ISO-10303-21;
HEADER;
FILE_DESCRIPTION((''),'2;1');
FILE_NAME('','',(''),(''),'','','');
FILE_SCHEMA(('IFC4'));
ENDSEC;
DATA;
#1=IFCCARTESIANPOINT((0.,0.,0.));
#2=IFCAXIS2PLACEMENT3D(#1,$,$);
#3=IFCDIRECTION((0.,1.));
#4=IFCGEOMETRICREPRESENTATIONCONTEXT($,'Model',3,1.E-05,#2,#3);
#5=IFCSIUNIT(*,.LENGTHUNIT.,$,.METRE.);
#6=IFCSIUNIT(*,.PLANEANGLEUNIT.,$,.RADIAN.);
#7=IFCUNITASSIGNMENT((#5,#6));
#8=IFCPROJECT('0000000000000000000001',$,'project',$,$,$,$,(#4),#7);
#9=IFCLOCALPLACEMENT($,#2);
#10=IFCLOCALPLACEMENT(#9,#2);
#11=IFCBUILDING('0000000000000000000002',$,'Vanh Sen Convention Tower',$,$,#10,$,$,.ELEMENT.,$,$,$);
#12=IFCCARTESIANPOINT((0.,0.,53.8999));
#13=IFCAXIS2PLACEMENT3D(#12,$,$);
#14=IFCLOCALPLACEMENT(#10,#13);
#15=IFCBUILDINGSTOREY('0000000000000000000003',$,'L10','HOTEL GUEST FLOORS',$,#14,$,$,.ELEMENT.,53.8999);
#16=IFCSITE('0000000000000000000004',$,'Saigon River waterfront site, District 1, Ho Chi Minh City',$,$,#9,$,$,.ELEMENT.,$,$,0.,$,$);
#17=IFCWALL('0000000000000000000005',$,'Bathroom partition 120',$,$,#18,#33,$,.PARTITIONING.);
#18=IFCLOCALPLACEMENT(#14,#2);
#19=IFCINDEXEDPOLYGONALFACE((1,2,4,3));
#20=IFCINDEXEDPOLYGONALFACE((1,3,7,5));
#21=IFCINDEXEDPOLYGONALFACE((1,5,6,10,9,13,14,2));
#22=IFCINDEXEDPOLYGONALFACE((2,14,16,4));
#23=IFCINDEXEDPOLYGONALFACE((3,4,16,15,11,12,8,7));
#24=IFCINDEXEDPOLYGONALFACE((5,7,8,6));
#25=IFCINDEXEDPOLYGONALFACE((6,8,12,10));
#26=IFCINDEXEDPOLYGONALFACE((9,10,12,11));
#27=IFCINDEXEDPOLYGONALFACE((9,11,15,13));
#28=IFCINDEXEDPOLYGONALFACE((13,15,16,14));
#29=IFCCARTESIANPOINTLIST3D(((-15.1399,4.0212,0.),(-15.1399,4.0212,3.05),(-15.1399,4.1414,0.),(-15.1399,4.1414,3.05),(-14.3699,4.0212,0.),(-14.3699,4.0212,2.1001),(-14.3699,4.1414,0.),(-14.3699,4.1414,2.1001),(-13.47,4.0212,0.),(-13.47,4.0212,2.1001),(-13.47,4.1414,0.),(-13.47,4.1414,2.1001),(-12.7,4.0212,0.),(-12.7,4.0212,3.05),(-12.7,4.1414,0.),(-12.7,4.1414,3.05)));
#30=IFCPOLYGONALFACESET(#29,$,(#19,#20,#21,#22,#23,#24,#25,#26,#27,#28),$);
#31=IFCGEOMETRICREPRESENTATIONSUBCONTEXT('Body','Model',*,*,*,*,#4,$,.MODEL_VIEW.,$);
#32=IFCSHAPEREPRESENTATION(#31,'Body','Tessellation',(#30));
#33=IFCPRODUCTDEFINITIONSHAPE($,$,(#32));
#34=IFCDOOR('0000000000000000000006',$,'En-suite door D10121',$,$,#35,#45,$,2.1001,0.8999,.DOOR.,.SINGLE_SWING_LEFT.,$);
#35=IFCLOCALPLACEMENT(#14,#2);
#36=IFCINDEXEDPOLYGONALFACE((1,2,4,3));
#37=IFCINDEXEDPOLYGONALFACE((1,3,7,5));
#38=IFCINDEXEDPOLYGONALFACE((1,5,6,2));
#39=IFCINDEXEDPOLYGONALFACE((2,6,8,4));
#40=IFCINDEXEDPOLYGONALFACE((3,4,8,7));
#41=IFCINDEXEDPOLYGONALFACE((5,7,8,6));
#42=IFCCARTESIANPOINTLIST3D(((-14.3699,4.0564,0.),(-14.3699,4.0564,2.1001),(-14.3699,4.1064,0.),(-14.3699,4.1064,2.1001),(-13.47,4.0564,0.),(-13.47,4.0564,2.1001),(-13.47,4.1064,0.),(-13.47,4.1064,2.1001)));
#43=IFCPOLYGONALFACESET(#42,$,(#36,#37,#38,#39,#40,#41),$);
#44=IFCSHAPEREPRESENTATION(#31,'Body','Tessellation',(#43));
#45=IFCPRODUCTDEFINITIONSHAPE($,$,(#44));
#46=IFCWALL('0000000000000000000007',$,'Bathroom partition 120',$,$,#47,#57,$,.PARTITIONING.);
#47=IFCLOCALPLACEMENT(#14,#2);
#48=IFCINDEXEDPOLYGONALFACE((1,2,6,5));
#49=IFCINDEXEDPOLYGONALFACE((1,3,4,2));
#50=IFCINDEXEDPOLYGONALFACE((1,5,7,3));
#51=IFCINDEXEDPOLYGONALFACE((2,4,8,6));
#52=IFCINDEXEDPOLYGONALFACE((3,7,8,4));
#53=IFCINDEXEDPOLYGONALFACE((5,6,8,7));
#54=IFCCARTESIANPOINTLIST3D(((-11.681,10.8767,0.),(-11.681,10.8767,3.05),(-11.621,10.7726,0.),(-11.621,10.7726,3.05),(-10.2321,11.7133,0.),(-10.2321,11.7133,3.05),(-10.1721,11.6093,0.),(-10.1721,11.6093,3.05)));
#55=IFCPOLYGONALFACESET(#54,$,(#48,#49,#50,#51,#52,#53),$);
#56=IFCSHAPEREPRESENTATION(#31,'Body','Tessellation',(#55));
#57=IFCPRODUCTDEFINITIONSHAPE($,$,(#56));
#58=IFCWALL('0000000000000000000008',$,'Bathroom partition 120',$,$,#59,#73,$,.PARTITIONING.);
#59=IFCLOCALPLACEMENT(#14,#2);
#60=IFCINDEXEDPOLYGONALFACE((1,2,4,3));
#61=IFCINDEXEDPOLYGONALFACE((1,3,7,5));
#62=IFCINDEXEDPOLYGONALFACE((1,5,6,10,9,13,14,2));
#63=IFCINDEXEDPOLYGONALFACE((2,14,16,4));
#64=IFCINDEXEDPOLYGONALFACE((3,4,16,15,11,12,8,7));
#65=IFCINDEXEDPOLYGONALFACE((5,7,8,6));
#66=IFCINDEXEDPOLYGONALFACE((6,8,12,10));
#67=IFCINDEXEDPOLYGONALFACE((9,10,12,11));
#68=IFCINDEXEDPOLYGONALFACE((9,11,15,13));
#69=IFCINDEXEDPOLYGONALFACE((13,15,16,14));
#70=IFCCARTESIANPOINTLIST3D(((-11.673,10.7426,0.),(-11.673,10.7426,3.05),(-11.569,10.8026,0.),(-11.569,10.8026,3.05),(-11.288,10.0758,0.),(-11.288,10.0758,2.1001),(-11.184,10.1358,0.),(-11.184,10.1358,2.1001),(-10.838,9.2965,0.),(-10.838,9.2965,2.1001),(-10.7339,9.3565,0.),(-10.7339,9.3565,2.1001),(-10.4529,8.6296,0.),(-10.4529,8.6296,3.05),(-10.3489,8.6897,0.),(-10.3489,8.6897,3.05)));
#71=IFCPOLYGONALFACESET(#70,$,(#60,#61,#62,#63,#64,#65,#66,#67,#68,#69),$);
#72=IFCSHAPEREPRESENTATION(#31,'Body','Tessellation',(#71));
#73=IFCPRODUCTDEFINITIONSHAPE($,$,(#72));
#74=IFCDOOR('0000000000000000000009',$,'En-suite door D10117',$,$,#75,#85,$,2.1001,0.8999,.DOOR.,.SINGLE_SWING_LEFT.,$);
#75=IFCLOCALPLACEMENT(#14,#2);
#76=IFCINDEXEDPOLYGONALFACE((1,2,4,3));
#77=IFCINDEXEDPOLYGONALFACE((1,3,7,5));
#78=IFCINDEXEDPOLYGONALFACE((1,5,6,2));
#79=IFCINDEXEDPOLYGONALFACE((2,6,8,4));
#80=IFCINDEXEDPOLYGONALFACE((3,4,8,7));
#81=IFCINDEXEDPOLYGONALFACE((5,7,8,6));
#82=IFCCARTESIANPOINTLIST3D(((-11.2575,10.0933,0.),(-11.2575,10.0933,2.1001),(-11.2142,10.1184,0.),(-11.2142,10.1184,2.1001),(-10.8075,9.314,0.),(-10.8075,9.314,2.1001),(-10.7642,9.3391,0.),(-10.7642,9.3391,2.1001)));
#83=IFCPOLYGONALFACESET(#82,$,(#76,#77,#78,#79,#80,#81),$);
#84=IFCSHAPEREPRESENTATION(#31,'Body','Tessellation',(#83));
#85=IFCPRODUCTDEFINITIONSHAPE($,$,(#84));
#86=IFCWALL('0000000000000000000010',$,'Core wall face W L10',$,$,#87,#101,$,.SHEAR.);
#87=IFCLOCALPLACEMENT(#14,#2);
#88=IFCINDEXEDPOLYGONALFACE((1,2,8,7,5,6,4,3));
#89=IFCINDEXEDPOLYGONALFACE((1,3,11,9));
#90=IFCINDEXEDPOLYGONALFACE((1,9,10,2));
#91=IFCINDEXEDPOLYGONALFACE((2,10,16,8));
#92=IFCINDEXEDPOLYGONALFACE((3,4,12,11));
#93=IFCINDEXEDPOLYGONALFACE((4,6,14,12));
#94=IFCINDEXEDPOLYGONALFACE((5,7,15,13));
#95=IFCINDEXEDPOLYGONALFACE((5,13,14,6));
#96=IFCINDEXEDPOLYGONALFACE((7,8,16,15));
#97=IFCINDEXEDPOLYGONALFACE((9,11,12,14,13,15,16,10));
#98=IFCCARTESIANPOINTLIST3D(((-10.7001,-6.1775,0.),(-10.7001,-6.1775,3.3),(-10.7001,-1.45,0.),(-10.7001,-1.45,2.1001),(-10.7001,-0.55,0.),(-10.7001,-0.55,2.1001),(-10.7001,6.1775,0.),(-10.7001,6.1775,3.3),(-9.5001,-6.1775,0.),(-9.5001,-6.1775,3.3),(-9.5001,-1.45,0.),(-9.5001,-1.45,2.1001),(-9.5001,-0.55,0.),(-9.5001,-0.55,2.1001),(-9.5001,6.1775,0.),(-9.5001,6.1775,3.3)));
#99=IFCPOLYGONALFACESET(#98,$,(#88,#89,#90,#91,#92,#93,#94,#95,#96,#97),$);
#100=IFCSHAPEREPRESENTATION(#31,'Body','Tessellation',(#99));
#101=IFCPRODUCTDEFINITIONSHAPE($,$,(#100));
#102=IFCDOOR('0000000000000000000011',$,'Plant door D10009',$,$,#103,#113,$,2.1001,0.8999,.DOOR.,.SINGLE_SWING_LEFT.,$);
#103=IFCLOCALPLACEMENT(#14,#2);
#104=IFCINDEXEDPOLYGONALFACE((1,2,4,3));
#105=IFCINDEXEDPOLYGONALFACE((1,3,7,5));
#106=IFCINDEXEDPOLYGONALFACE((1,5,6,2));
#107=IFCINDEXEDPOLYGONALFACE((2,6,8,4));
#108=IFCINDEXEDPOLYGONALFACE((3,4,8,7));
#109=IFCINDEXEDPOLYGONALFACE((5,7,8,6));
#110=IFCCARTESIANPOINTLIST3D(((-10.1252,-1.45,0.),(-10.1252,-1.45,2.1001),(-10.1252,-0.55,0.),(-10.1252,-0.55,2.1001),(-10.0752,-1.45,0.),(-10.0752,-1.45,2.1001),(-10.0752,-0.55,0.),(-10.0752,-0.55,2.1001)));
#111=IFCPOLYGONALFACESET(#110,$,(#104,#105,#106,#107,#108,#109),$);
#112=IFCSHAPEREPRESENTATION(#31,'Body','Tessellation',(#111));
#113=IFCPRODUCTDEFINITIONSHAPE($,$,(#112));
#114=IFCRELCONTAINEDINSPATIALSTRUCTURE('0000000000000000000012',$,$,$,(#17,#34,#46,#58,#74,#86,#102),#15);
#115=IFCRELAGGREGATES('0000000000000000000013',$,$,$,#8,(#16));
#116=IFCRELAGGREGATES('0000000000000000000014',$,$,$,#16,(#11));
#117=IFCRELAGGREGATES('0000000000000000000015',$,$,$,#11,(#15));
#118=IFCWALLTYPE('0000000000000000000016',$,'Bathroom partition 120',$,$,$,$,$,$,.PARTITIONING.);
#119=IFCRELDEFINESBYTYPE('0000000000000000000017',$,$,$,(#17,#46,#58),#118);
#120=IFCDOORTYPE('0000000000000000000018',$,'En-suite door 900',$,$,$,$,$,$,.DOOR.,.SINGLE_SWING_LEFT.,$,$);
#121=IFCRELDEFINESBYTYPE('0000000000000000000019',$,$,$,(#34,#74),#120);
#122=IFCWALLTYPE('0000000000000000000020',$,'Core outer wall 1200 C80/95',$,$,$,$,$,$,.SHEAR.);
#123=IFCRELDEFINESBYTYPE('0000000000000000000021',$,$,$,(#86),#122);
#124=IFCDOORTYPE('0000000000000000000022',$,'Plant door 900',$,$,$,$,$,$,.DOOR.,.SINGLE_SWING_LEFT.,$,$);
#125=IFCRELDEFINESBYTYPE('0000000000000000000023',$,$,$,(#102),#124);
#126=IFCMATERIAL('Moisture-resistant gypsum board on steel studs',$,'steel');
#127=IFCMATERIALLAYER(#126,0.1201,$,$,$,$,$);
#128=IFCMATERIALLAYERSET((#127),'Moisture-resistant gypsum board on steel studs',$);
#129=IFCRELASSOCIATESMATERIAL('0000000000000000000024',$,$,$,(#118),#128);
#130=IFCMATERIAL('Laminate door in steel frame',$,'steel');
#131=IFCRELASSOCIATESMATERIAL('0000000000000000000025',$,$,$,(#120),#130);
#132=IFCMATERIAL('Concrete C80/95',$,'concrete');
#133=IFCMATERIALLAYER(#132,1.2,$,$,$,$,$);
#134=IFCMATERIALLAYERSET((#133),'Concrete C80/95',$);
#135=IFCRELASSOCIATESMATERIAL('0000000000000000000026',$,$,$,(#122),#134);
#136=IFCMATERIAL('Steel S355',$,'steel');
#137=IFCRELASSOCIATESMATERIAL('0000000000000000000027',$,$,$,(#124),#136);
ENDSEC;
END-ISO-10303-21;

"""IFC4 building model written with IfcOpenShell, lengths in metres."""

from ifc_helpers import new_model, si_unit, direction, frame, frame_2d, origin, place, context, subcontext, project, spatial, rectangle, extrude, material, layer, layer_set, type_object, element, fill, save


model = new_model("IFC4")

# Units and contexts
model_context = context("Model", 3, precision=1e-05, world=origin(), true_north=direction((0.0, 1.0)))
body_context = subcontext(model_context, "Body", "Model", "MODEL_VIEW")
ifc_project = project(units=[si_unit("LENGTHUNIT", "METRE"), si_unit("PLANEANGLEUNIT", "RADIAN")], contexts=[model_context])

# Site, building, storey
site_placement = place(None, origin())
site = spatial("IfcSite", under=ifc_project, at=site_placement, Name="Saigon River waterfront site, District 1, Ho Chi Minh City", CompositionType="ELEMENT", RefElevation=0.0)
building_placement = place(site_placement, origin())
building = spatial("IfcBuilding", under=site, at=building_placement, Name="Vanh Sen Convention Tower", CompositionType="ELEMENT")
storey_placement = place(building_placement, frame((0.0, 0.0, 53.8999)))
storey = spatial("IfcBuildingStorey", under=building, at=storey_placement, Name="L10", Description="HOTEL GUEST FLOORS", CompositionType="ELEMENT", Elevation=53.8999)

# Wall, opening, door
ifc_material_1 = material(Name="Moisture-resistant gypsum board on steel studs", Category="steel")
ifc_layer_1 = layer(ifc_material_1, 0.1201)
ifc_layer_set_1 = layer_set([ifc_layer_1], Name="Moisture-resistant gypsum board on steel studs")
wall_type_1 = type_object("IfcWallType", Name="Bathroom partition 120", PredefinedType="PARTITIONING", material=ifc_layer_set_1)
wall_1_placement = place(storey_placement, frame((-12.7, 4.0813, 0.0), z_axis=(0.0, 0.0, 1.0), x_axis=(-1.0, 0.0, 0.0)))
wall_1 = element("IfcWall", 1, at=wall_1_placement, inside=storey, type_object=wall_type_1, Name="Bathroom partition 120", PredefinedType="PARTITIONING", context=body_context, shape_type="SweptSolid", body=[
    extrude(rectangle(XDim=2.4399, YDim=0.1201, at=frame_2d((1.22, 0.0))), origin(), (0.0, 0.0, 1.0), 3.05),
])
opening_1_placement = place(wall_1_placement, frame((0.77, 0.0, 0.0)))
opening_1 = element("IfcOpeningElement", 2, at=opening_1_placement, cuts=wall_1, PredefinedType="OPENING", context=body_context, shape_type="SweptSolid", body=[
    extrude(rectangle(XDim=0.8999, YDim=2.1001, at=frame_2d((0.45, 1.05))), frame((0.0, 0.0701, 0.0), z_axis=(0.0, -1.0, 0.0), x_axis=(1.0, 0.0, 0.0)), (0.0, 0.0, 1.0), 0.1401),
])
ifc_material_2 = material(Name="Laminate door in steel frame", Category="steel")
door_type_1 = type_object("IfcDoorType", Name="En-suite door 900", OperationType="SINGLE_SWING_LEFT", PredefinedType="DOOR", material=ifc_material_2)
door_1_placement = place(opening_1_placement, origin())
door_1 = element("IfcDoor", 3, at=door_1_placement, inside=storey, type_object=door_type_1, Name="En-suite door D10121", OperationType="SINGLE_SWING_LEFT", OverallHeight=2.1001, OverallWidth=0.8999, PredefinedType="DOOR", context=body_context, shape_type="SweptSolid", body=[
    extrude(rectangle(XDim=0.8999, YDim=2.1001, at=frame_2d((0.45, 1.05))), frame((0.0, 0.0249, 0.0), z_axis=(0.0, -1.0, 0.0), x_axis=(1.0, 0.0, 0.0)), (0.0, 0.0, 1.0), 0.05),
])
fill(opening_1, door_1)

# Wall
wall_2_placement = place(storey_placement, frame((-11.6509, 10.8247, 0.0), z_axis=(0.0, 0.0, 1.0), x_axis=(0.865998, 0.500047, 0.0)))
element("IfcWall", 4, at=wall_2_placement, inside=storey, type_object=wall_type_1, Name="Bathroom partition 120", PredefinedType="PARTITIONING", context=body_context, shape_type="SweptSolid", body=[
    extrude(rectangle(XDim=1.6731, YDim=0.1201, at=frame_2d((0.8364, 0.0))), origin(), (0.0, 0.0, 1.0), 3.05),
])

# Walls, openings, doors
wall_3_placement = place(storey_placement, frame((-10.4009, 8.6597, 0.0), z_axis=(0.0, 0.0, 1.0), x_axis=(-0.500078, 0.865981, 0.0)))
wall_3 = element("IfcWall", 5, at=wall_3_placement, inside=storey, type_object=wall_type_1, Name="Bathroom partition 120", PredefinedType="PARTITIONING", context=body_context, shape_type="SweptSolid", body=[
    extrude(rectangle(XDim=2.4399, YDim=0.1201, at=frame_2d((1.22, 0.0))), origin(), (0.0, 0.0, 1.0), 3.05),
])
opening_2_placement = place(wall_3_placement, frame((0.77, 0.0, 0.0)))
opening_2 = element("IfcOpeningElement", 6, at=opening_2_placement, cuts=wall_3, PredefinedType="OPENING", context=body_context, shape_type="SweptSolid", body=[
    extrude(rectangle(XDim=0.8999, YDim=2.1001, at=frame_2d((0.45, 1.05))), frame((0.0, 0.0701, 0.0), z_axis=(0.0, -1.0, 0.0), x_axis=(1.0, 0.0, 0.0)), (0.0, 0.0, 1.0), 0.1401),
])
door_2_placement = place(opening_2_placement, origin())
door_2 = element("IfcDoor", 7, at=door_2_placement, inside=storey, type_object=door_type_1, Name="En-suite door D10117", OperationType="SINGLE_SWING_LEFT", OverallHeight=2.1001, OverallWidth=0.8999, PredefinedType="DOOR", context=body_context, shape_type="SweptSolid", body=[
    extrude(rectangle(XDim=0.8999, YDim=2.1001, at=frame_2d((0.45, 1.05))), frame((0.0, 0.0249, 0.0), z_axis=(0.0, -1.0, 0.0), x_axis=(1.0, 0.0, 0.0)), (0.0, 0.0, 1.0), 0.05),
])
fill(opening_2, door_2)
ifc_material_3 = material(Name="Concrete C80/95", Category="concrete")
ifc_layer_2 = layer(ifc_material_3, 1.2)
ifc_layer_set_2 = layer_set([ifc_layer_2], Name="Concrete C80/95")
wall_type_2 = type_object("IfcWallType", Name="Core outer wall 1200 C80/95", PredefinedType="SHEAR", material=ifc_layer_set_2)
wall_4_placement = place(storey_placement, frame((-10.1001, 6.1775, 0.0), z_axis=(0.0, 0.0, 1.0), x_axis=(0.0, -1.0, 0.0)))
wall_4 = element("IfcWall", 8, at=wall_4_placement, inside=storey, type_object=wall_type_2, Name="Core wall face W L10", PredefinedType="SHEAR", context=body_context, shape_type="SweptSolid", body=[
    extrude(rectangle(XDim=12.355, YDim=1.2, at=frame_2d((6.1775, 0.0))), origin(), (0.0, 0.0, 1.0), 3.3),
])
opening_3_placement = place(wall_4_placement, frame((6.7275, 0.0, 0.0)))
opening_3 = element("IfcOpeningElement", 9, at=opening_3_placement, cuts=wall_4, PredefinedType="OPENING", context=body_context, shape_type="SweptSolid", body=[
    extrude(rectangle(XDim=0.8999, YDim=2.1001, at=frame_2d((0.45, 1.05))), frame((0.0, 0.6099, 0.0), z_axis=(0.0, -1.0, 0.0), x_axis=(1.0, 0.0, 0.0)), (0.0, 0.0, 1.0), 1.22),
])
ifc_material_4 = material(Name="Steel S355", Category="steel")
door_type_2 = type_object("IfcDoorType", Name="Plant door 900", OperationType="SINGLE_SWING_LEFT", PredefinedType="DOOR", material=ifc_material_4)
door_3_placement = place(opening_3_placement, origin())
door_3 = element("IfcDoor", 10, at=door_3_placement, inside=storey, type_object=door_type_2, Name="Plant door D10009", OperationType="SINGLE_SWING_LEFT", OverallHeight=2.1001, OverallWidth=0.8999, PredefinedType="DOOR", context=body_context, shape_type="SweptSolid", body=[
    extrude(rectangle(XDim=0.8999, YDim=2.1001, at=frame_2d((0.45, 1.05))), frame((0.0, 0.0249, 0.0), z_axis=(0.0, -1.0, 0.0), x_axis=(1.0, 0.0, 0.0)), (0.0, 0.0, 1.0), 0.05),
])
fill(opening_3, door_3)

save(model, "model.ifc")
